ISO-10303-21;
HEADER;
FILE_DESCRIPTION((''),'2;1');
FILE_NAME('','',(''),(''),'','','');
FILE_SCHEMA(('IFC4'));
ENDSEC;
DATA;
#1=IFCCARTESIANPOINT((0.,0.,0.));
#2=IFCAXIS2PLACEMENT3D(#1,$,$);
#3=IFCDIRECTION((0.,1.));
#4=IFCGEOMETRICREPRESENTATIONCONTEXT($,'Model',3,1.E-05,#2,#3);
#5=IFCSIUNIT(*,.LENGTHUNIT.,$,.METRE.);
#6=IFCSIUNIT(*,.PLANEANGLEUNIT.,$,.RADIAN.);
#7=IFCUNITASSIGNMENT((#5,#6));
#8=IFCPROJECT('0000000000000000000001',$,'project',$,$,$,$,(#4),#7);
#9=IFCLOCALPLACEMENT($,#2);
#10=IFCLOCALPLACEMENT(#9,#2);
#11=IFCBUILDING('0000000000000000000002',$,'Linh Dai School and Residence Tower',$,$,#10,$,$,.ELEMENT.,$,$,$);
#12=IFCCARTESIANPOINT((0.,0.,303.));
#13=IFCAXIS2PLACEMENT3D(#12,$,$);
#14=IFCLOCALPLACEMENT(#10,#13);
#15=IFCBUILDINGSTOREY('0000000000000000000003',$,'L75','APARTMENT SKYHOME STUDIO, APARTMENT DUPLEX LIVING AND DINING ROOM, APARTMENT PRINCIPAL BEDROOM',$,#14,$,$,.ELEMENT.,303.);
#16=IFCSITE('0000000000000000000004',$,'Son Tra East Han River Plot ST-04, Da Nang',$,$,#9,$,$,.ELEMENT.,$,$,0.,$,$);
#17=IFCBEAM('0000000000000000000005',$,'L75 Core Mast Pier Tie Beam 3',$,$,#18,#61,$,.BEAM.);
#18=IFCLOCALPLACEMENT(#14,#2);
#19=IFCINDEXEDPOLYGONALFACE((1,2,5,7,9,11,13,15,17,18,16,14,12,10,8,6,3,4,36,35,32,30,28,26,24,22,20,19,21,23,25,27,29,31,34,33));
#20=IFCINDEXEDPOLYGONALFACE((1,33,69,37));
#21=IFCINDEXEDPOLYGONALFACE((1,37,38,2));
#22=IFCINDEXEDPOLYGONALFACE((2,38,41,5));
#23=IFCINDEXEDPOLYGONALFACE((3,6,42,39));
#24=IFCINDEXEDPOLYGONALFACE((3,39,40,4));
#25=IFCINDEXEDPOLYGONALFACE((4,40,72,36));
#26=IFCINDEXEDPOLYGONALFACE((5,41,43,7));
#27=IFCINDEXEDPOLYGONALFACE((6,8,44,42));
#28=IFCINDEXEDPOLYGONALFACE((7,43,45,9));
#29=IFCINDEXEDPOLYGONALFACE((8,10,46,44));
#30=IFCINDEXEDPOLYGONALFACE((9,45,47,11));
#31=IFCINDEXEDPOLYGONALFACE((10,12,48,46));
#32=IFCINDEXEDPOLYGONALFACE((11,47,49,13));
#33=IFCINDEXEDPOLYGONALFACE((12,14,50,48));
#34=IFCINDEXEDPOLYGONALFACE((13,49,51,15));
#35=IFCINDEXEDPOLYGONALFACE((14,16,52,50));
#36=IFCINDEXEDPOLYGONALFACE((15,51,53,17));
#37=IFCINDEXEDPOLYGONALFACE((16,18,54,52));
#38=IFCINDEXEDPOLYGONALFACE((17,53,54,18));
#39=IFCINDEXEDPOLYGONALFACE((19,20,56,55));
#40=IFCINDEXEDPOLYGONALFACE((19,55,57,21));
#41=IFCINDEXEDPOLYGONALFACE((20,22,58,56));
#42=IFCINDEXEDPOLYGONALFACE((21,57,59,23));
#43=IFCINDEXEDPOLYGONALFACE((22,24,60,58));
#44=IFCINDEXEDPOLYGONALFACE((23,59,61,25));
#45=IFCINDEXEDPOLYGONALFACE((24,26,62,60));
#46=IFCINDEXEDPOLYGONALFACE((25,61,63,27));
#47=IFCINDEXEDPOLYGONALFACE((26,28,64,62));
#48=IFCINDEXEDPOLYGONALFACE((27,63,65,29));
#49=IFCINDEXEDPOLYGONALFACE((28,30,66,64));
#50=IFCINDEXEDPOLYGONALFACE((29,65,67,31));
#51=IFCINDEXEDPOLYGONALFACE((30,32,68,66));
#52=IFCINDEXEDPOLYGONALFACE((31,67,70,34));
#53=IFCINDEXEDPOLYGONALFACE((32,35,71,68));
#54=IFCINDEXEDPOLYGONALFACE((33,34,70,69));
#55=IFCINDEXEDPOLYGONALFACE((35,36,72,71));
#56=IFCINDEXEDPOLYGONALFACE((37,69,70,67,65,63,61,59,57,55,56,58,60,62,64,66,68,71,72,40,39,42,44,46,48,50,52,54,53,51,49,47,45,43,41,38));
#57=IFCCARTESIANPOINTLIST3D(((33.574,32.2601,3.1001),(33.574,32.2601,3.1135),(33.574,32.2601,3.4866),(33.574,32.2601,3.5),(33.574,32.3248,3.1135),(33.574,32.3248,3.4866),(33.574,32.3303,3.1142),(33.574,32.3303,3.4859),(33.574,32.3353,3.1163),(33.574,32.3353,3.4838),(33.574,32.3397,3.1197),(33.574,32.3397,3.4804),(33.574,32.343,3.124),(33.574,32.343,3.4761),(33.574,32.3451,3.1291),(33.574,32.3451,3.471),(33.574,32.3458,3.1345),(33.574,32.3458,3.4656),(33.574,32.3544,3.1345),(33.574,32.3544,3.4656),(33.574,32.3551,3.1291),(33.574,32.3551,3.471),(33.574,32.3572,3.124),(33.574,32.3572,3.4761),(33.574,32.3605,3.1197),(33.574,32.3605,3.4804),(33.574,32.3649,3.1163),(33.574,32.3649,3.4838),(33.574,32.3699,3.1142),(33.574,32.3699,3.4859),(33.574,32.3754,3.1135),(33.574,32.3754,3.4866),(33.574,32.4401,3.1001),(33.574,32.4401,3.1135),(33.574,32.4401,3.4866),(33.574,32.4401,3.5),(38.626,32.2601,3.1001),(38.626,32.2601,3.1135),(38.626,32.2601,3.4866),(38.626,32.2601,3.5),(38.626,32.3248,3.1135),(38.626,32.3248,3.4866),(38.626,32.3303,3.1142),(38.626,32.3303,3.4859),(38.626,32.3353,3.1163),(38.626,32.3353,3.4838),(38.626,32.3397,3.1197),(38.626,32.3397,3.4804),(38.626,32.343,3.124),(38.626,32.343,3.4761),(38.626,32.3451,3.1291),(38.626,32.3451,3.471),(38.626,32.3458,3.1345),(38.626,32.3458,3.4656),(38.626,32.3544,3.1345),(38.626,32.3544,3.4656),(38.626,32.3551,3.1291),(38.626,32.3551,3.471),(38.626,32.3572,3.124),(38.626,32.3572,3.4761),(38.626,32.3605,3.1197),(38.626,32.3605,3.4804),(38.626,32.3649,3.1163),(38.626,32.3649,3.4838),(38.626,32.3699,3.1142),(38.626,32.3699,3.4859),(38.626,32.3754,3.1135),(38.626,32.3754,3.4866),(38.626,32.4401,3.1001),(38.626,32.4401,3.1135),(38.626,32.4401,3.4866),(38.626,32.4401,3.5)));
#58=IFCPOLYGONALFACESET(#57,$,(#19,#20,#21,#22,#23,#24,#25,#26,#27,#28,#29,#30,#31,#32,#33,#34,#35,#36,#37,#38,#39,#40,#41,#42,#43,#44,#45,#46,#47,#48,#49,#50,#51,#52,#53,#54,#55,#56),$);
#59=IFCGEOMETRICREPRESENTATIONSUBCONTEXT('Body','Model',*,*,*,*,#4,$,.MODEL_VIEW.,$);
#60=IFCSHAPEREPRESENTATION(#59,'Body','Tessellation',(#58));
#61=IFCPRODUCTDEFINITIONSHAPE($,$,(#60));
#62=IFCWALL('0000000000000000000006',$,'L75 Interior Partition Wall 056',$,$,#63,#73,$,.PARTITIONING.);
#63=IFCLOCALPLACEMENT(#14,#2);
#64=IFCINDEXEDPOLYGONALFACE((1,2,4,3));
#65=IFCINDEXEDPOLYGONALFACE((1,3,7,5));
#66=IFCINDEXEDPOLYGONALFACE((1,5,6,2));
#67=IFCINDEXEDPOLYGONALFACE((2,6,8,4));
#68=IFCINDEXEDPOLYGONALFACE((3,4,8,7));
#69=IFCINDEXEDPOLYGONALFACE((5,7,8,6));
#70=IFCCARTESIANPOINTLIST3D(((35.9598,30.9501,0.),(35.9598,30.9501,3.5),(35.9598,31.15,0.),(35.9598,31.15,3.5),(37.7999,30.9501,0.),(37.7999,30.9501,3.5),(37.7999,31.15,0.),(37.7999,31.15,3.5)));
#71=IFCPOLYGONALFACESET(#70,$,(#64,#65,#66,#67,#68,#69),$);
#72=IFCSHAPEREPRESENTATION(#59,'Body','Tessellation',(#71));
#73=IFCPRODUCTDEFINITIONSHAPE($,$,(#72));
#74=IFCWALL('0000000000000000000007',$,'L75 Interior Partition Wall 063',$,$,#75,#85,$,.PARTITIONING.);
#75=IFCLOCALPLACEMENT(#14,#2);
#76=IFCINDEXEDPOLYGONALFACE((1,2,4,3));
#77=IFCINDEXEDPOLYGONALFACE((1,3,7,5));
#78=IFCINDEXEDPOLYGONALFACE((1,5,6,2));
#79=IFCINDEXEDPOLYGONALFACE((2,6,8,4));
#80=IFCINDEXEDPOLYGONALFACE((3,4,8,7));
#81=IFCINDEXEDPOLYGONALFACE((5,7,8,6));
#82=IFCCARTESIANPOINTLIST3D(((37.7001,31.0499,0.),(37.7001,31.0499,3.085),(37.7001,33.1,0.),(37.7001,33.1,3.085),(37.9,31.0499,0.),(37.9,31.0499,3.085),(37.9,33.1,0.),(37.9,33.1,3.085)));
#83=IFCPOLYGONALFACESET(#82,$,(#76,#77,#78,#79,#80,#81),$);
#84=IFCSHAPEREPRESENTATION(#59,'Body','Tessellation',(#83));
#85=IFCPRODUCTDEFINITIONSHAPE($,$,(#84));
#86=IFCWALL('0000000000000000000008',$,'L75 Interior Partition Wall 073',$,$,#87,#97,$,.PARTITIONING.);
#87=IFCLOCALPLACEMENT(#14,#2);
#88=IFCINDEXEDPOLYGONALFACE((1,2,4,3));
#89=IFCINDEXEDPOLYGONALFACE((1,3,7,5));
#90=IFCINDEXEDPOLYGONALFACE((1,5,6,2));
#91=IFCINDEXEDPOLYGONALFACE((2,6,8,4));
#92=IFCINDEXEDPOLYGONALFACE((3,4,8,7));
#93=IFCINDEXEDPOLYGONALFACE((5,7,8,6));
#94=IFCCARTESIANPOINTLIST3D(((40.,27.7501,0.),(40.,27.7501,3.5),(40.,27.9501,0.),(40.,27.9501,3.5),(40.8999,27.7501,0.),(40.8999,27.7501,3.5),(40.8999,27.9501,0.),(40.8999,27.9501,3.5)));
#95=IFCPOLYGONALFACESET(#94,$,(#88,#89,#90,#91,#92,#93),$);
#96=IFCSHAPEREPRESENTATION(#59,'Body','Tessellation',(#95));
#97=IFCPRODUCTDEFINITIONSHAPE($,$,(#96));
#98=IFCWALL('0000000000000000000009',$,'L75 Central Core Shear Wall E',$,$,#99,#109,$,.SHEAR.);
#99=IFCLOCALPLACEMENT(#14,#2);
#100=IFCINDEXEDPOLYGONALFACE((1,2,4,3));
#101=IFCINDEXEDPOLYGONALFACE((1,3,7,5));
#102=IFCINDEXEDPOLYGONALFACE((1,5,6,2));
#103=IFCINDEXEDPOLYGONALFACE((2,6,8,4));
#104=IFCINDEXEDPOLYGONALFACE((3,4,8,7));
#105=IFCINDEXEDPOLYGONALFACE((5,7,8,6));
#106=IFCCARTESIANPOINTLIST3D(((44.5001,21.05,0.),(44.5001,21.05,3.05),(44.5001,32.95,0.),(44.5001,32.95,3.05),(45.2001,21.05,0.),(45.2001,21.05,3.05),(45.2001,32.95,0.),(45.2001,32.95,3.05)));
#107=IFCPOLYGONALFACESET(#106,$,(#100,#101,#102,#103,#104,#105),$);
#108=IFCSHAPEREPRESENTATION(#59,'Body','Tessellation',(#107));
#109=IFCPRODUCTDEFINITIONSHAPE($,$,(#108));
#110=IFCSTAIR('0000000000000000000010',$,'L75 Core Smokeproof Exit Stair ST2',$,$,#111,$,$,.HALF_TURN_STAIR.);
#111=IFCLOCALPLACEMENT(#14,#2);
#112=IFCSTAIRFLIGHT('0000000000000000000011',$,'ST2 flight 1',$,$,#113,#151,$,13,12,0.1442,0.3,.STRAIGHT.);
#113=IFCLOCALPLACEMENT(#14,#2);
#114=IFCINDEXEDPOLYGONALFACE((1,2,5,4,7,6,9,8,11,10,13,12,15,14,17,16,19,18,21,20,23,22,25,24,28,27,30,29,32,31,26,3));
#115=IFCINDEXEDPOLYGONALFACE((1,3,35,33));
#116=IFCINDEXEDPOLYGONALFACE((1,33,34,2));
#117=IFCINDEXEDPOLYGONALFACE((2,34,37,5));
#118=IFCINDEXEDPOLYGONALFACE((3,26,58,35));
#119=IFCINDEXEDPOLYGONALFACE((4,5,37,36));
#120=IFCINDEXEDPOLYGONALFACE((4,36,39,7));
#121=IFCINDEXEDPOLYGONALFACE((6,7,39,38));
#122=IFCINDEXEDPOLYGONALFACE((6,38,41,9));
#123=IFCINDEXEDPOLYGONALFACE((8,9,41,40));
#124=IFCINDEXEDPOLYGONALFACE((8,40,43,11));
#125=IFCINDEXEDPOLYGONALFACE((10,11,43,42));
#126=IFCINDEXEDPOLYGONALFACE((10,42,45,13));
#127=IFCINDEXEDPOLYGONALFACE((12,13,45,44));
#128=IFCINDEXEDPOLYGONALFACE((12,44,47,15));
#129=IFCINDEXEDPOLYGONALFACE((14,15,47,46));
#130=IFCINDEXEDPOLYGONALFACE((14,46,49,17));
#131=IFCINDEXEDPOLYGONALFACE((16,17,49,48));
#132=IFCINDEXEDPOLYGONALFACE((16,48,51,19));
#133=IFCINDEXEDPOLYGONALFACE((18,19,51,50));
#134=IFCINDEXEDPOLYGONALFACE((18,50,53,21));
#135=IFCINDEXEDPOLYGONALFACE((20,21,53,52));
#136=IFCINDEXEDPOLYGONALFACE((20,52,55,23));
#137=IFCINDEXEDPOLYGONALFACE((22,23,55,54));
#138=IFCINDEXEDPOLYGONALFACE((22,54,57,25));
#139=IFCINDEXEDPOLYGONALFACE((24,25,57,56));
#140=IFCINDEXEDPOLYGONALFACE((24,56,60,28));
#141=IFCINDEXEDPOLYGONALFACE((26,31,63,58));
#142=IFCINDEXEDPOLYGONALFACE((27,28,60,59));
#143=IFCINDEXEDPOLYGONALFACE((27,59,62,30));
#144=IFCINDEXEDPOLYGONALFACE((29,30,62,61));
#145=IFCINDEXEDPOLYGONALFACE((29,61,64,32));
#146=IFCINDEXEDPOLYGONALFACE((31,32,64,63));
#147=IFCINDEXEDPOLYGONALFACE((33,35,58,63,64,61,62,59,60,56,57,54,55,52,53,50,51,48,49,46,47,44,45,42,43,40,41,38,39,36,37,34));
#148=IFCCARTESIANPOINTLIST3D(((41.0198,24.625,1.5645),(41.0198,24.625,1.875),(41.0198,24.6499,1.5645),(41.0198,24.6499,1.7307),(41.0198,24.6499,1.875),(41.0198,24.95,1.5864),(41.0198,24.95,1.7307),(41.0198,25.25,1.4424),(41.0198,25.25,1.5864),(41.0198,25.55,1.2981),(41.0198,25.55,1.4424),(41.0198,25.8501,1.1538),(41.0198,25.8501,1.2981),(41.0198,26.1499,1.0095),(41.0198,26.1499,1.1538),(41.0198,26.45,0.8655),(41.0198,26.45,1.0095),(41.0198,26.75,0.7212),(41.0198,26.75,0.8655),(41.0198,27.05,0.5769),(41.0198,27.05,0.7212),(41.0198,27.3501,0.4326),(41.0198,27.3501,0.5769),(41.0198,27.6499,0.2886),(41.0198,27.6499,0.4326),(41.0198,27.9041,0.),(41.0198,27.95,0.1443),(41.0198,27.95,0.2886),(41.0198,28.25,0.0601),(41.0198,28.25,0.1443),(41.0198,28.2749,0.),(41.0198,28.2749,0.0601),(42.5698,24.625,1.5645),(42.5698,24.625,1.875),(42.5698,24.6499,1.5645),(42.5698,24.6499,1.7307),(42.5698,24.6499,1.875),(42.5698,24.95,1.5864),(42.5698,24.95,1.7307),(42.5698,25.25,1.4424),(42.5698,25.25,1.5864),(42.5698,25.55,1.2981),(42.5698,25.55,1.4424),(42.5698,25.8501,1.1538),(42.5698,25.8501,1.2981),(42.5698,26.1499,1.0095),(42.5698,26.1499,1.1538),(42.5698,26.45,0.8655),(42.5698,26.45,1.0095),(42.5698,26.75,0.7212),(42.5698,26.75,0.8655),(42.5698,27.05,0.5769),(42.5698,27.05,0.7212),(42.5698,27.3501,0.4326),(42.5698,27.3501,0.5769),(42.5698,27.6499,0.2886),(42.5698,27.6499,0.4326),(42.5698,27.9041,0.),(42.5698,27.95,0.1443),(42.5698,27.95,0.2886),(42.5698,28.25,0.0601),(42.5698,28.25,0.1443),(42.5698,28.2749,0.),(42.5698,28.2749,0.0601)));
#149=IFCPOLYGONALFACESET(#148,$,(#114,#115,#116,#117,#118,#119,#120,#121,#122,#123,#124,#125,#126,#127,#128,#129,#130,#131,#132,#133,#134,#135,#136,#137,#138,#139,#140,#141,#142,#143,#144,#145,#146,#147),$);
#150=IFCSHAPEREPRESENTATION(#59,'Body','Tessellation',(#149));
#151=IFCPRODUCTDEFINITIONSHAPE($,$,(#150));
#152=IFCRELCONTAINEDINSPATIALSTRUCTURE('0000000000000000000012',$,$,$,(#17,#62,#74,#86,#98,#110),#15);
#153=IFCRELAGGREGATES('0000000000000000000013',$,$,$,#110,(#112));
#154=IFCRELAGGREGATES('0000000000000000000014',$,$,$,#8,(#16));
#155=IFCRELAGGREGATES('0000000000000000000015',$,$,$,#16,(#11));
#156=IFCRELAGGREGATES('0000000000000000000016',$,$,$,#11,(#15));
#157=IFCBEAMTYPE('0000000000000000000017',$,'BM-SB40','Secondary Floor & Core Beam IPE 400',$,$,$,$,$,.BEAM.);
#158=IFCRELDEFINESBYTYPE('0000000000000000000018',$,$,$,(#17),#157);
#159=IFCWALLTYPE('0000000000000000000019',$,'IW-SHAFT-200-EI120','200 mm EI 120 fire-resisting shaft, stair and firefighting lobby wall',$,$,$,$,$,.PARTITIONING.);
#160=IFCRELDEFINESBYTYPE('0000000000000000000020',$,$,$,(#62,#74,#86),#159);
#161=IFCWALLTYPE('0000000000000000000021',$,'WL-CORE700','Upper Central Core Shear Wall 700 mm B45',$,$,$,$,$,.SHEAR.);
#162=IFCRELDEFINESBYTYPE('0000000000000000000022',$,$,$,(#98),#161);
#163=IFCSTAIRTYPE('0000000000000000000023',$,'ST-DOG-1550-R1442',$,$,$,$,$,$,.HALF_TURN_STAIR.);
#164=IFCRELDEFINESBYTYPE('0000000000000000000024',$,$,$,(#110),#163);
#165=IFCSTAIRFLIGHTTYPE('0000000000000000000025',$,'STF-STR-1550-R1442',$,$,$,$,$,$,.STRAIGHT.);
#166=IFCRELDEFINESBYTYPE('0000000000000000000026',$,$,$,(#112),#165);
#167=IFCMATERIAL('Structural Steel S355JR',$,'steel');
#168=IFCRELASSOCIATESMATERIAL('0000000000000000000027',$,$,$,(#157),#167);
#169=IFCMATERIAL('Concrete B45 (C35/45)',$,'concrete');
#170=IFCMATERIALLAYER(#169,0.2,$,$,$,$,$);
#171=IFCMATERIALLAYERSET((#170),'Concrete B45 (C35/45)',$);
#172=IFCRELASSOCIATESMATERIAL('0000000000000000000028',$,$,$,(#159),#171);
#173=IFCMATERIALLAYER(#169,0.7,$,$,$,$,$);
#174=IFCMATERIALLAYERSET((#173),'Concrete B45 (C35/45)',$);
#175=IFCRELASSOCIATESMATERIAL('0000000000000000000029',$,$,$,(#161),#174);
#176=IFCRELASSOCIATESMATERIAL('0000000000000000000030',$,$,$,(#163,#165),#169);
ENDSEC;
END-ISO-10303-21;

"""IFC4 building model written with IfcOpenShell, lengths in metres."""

from ifc_helpers import new_model, si_unit, direction, frame, frame_2d, origin, origin_2d, place, context, subcontext, project, spatial, polyline, rectangle, i_section, outline, extrude, source, transform, mapped, material, layer, layer_set, material_profile, profile_set, type_object, element, aggregate, save


model = new_model("IFC4")

# Units and contexts
model_context = context("Model", 3, precision=1e-05, world=origin(), true_north=direction((0.0, 1.0)))
body_context = subcontext(model_context, "Body", "Model", "MODEL_VIEW")
ifc_project = project(units=[si_unit("LENGTHUNIT", "METRE"), si_unit("PLANEANGLEUNIT", "RADIAN")], contexts=[model_context])

# Site, building, storey
site_placement = place(None, origin())
site = spatial("IfcSite", under=ifc_project, at=site_placement, Name="Son Tra East Han River Plot ST-04, Da Nang", CompositionType="ELEMENT", RefElevation=0.0)
building_placement = place(site_placement, origin())
building = spatial("IfcBuilding", under=site, at=building_placement, Name="Linh Dai School and Residence Tower", CompositionType="ELEMENT")
storey_placement = place(building_placement, frame((0.0, 0.0, 303.0)))
storey = spatial("IfcBuildingStorey", under=building, at=storey_placement, Name="L75", Description="APARTMENT SKYHOME STUDIO, APARTMENT DUPLEX LIVING AND DINING ROOM, APARTMENT PRINCIPAL BEDROOM", CompositionType="ELEMENT", Elevation=303.0)

# Shared definitions
ifc_material_1 = material(Name="Structural Steel S355JR", Category="steel")

# Beam
ifc_material_profile_1 = material_profile(ifc_material_1, i_section(OverallWidth=0.1799, OverallDepth=0.3999, WebThickness=0.0085, FlangeThickness=0.0134, FilletRadius=0.021, at=origin_2d()), Name="IPE 400")
ifc_profile_set_1 = profile_set([ifc_material_profile_1], Name="Structural Steel S355JR")
beam_type_1 = type_object("IfcBeamType", Name="BM-SB40", Description="Secondary Floor & Core Beam IPE 400", PredefinedType="BEAM", material=ifc_profile_set_1)
beam_1_placement = place(storey_placement, frame((38.626, 32.3501, 3.3), z_axis=(-1.0, 0.0, 0.0), x_axis=(0.0, -1.0, 0.0)))
element("IfcBeam", 1, at=beam_1_placement, inside=storey, type_object=beam_type_1, Name="L75 Core Mast Pier Tie Beam 3", PredefinedType="BEAM", context=body_context, shape_type="SweptSolid", body=[
    extrude(i_section(OverallWidth=0.1799, OverallDepth=0.3999, WebThickness=0.0085, FlangeThickness=0.0134, FilletRadius=0.021, at=origin_2d()), origin(), (0.0, 0.0, 1.0), 5.052),
])

# Shared definitions
ifc_material_2 = material(Name="Concrete B45 (C35/45)", Category="concrete")
ifc_layer_1 = layer(ifc_material_2, 0.2)
ifc_layer_set_1 = layer_set([ifc_layer_1], Name="Concrete B45 (C35/45)")
wall_type_1 = type_object("IfcWallType", Name="IW-SHAFT-200-EI120", Description="200 mm EI 120 fire-resisting shaft, stair and firefighting lobby wall", PredefinedType="PARTITIONING", material=ifc_layer_set_1)

# Walls
wall_1_placement = place(storey_placement, frame((35.96, 31.05, 0.0), z_axis=(0.0, 0.0, 1.0), x_axis=(1.0, 0.0, 0.0)))
element("IfcWall", 2, at=wall_1_placement, inside=storey, type_object=wall_type_1, Name="L75 Interior Partition Wall 056", PredefinedType="PARTITIONING", context=body_context, shape_type="SweptSolid", body=[
    extrude(rectangle(XDim=1.8401, YDim=0.2, at=frame_2d((0.9199, 0.0))), origin(), (0.0, 0.0, 1.0), 3.5),
])
wall_2_placement = place(storey_placement, frame((37.8, 31.05, 0.0), z_axis=(0.0, 0.0, 1.0), x_axis=(0.0, 1.0, 0.0)))
element("IfcWall", 3, at=wall_2_placement, inside=storey, type_object=wall_type_1, Name="L75 Interior Partition Wall 063", PredefinedType="PARTITIONING", context=body_context, shape_type="SweptSolid", body=[
    extrude(rectangle(XDim=2.05, YDim=0.2, at=frame_2d((1.0249, 0.0))), origin(), (0.0, 0.0, 1.0), 3.085),
])
wall_3_placement = place(storey_placement, frame((40.0, 27.8501, 0.0), z_axis=(0.0, 0.0, 1.0), x_axis=(1.0, 0.0, 0.0)))
element("IfcWall", 4, at=wall_3_placement, inside=storey, type_object=wall_type_1, Name="L75 Interior Partition Wall 073", PredefinedType="PARTITIONING", context=body_context, shape_type="SweptSolid", body=[
    extrude(rectangle(XDim=0.8999, YDim=0.2, at=frame_2d((0.45, 0.0))), origin(), (0.0, 0.0, 1.0), 3.5),
])
ifc_layer_2 = layer(ifc_material_2, 0.7)
ifc_layer_set_2 = layer_set([ifc_layer_2], Name="Concrete B45 (C35/45)")
wall_type_2 = type_object("IfcWallType", Name="WL-CORE700", Description="Upper Central Core Shear Wall 700 mm B45", PredefinedType="SHEAR", material=ifc_layer_set_2)
wall_4_placement = place(storey_placement, frame((44.8501, 32.95, 0.0), z_axis=(0.0, 0.0, 1.0), x_axis=(0.0, -1.0, 0.0)))
element("IfcWall", 5, at=wall_4_placement, inside=storey, type_object=wall_type_2, Name="L75 Central Core Shear Wall E", PredefinedType="SHEAR", context=body_context, shape_type="SweptSolid", body=[
    extrude(rectangle(XDim=11.8999, YDim=0.7, at=frame_2d((5.95, 0.0))), origin(), (0.0, 0.0, 1.0), 3.05),
])

# Stair, stair flight
stair_type = type_object("IfcStairType", Name="ST-DOG-1550-R1442", PredefinedType="HALF_TURN_STAIR", material=ifc_material_2)
stair_placement = place(storey_placement, origin())
stair = element("IfcStair", 6, at=stair_placement, inside=storey, type_object=stair_type, Name="L75 Core Smokeproof Exit Stair ST2", PredefinedType="HALF_TURN_STAIR")
stair_flight_type = type_object("IfcStairFlightType", Name="STF-STR-1550-R1442", PredefinedType="STRAIGHT", material=ifc_material_2)
shared_shape_1 = source(origin(), body_context, "Body", "SweptSolid", [
    extrude(outline(polyline([(-0.0249, 0.0), (-0.0249, 0.0601), (0.0, 0.0601), (0.0, 0.1443), (0.3, 0.1443), (0.3, 0.2886), (0.6001, 0.2886), (0.6001, 0.4326), (0.8999, 0.4326), (0.8999, 0.5769), (1.2, 0.5769), (1.2, 0.7212), (1.5, 0.7212), (1.5, 0.8655), (1.8, 0.8655), (1.8, 1.0095), (2.1001, 1.0095), (2.1001, 1.1538), (2.3999, 1.1538), (2.3999, 1.2981), (2.7, 1.2981), (2.7, 1.4424), (3.0, 1.4424), (3.0, 1.5864), (3.3, 1.5864), (3.3, 1.7307), (3.6001, 1.7307), (3.6001, 1.875), (3.625, 1.875), (3.625, 1.5645), (3.6001, 1.5645), (0.3459, 0.0), (-0.0249, 0.0)])), frame((0.0, 0.7749, 0.0), z_axis=(0.0, -1.0, 0.0), x_axis=(1.0, 0.0, 0.0)), (0.0, 0.0, 1.0), 1.55),
])
stair_flight_placement = place(storey_placement, frame((41.7949, 28.25, 0.0), z_axis=(0.0, 0.0, 1.0), x_axis=(0.0, -1.0, 0.0)))
stair_flight = element("IfcStairFlight", 7, at=stair_flight_placement, type_object=stair_flight_type, Name="ST2 flight 1", NumberOfRisers=13, NumberOfTreads=12, PredefinedType="STRAIGHT", RiserHeight=0.1442, TreadLength=0.3, context=body_context, shape_type="MappedRepresentation", body=[
    mapped(shared_shape_1, transform((0.0, 0.0, 0.0), x_axis=(1.0, 0.0, 0.0), y_axis=(0.0, 1.0, 0.0), z_axis=(0.0, 0.0, 1.0), scale=1.0)),
])
aggregate(stair, [stair_flight])

save(model, "model.ifc")
